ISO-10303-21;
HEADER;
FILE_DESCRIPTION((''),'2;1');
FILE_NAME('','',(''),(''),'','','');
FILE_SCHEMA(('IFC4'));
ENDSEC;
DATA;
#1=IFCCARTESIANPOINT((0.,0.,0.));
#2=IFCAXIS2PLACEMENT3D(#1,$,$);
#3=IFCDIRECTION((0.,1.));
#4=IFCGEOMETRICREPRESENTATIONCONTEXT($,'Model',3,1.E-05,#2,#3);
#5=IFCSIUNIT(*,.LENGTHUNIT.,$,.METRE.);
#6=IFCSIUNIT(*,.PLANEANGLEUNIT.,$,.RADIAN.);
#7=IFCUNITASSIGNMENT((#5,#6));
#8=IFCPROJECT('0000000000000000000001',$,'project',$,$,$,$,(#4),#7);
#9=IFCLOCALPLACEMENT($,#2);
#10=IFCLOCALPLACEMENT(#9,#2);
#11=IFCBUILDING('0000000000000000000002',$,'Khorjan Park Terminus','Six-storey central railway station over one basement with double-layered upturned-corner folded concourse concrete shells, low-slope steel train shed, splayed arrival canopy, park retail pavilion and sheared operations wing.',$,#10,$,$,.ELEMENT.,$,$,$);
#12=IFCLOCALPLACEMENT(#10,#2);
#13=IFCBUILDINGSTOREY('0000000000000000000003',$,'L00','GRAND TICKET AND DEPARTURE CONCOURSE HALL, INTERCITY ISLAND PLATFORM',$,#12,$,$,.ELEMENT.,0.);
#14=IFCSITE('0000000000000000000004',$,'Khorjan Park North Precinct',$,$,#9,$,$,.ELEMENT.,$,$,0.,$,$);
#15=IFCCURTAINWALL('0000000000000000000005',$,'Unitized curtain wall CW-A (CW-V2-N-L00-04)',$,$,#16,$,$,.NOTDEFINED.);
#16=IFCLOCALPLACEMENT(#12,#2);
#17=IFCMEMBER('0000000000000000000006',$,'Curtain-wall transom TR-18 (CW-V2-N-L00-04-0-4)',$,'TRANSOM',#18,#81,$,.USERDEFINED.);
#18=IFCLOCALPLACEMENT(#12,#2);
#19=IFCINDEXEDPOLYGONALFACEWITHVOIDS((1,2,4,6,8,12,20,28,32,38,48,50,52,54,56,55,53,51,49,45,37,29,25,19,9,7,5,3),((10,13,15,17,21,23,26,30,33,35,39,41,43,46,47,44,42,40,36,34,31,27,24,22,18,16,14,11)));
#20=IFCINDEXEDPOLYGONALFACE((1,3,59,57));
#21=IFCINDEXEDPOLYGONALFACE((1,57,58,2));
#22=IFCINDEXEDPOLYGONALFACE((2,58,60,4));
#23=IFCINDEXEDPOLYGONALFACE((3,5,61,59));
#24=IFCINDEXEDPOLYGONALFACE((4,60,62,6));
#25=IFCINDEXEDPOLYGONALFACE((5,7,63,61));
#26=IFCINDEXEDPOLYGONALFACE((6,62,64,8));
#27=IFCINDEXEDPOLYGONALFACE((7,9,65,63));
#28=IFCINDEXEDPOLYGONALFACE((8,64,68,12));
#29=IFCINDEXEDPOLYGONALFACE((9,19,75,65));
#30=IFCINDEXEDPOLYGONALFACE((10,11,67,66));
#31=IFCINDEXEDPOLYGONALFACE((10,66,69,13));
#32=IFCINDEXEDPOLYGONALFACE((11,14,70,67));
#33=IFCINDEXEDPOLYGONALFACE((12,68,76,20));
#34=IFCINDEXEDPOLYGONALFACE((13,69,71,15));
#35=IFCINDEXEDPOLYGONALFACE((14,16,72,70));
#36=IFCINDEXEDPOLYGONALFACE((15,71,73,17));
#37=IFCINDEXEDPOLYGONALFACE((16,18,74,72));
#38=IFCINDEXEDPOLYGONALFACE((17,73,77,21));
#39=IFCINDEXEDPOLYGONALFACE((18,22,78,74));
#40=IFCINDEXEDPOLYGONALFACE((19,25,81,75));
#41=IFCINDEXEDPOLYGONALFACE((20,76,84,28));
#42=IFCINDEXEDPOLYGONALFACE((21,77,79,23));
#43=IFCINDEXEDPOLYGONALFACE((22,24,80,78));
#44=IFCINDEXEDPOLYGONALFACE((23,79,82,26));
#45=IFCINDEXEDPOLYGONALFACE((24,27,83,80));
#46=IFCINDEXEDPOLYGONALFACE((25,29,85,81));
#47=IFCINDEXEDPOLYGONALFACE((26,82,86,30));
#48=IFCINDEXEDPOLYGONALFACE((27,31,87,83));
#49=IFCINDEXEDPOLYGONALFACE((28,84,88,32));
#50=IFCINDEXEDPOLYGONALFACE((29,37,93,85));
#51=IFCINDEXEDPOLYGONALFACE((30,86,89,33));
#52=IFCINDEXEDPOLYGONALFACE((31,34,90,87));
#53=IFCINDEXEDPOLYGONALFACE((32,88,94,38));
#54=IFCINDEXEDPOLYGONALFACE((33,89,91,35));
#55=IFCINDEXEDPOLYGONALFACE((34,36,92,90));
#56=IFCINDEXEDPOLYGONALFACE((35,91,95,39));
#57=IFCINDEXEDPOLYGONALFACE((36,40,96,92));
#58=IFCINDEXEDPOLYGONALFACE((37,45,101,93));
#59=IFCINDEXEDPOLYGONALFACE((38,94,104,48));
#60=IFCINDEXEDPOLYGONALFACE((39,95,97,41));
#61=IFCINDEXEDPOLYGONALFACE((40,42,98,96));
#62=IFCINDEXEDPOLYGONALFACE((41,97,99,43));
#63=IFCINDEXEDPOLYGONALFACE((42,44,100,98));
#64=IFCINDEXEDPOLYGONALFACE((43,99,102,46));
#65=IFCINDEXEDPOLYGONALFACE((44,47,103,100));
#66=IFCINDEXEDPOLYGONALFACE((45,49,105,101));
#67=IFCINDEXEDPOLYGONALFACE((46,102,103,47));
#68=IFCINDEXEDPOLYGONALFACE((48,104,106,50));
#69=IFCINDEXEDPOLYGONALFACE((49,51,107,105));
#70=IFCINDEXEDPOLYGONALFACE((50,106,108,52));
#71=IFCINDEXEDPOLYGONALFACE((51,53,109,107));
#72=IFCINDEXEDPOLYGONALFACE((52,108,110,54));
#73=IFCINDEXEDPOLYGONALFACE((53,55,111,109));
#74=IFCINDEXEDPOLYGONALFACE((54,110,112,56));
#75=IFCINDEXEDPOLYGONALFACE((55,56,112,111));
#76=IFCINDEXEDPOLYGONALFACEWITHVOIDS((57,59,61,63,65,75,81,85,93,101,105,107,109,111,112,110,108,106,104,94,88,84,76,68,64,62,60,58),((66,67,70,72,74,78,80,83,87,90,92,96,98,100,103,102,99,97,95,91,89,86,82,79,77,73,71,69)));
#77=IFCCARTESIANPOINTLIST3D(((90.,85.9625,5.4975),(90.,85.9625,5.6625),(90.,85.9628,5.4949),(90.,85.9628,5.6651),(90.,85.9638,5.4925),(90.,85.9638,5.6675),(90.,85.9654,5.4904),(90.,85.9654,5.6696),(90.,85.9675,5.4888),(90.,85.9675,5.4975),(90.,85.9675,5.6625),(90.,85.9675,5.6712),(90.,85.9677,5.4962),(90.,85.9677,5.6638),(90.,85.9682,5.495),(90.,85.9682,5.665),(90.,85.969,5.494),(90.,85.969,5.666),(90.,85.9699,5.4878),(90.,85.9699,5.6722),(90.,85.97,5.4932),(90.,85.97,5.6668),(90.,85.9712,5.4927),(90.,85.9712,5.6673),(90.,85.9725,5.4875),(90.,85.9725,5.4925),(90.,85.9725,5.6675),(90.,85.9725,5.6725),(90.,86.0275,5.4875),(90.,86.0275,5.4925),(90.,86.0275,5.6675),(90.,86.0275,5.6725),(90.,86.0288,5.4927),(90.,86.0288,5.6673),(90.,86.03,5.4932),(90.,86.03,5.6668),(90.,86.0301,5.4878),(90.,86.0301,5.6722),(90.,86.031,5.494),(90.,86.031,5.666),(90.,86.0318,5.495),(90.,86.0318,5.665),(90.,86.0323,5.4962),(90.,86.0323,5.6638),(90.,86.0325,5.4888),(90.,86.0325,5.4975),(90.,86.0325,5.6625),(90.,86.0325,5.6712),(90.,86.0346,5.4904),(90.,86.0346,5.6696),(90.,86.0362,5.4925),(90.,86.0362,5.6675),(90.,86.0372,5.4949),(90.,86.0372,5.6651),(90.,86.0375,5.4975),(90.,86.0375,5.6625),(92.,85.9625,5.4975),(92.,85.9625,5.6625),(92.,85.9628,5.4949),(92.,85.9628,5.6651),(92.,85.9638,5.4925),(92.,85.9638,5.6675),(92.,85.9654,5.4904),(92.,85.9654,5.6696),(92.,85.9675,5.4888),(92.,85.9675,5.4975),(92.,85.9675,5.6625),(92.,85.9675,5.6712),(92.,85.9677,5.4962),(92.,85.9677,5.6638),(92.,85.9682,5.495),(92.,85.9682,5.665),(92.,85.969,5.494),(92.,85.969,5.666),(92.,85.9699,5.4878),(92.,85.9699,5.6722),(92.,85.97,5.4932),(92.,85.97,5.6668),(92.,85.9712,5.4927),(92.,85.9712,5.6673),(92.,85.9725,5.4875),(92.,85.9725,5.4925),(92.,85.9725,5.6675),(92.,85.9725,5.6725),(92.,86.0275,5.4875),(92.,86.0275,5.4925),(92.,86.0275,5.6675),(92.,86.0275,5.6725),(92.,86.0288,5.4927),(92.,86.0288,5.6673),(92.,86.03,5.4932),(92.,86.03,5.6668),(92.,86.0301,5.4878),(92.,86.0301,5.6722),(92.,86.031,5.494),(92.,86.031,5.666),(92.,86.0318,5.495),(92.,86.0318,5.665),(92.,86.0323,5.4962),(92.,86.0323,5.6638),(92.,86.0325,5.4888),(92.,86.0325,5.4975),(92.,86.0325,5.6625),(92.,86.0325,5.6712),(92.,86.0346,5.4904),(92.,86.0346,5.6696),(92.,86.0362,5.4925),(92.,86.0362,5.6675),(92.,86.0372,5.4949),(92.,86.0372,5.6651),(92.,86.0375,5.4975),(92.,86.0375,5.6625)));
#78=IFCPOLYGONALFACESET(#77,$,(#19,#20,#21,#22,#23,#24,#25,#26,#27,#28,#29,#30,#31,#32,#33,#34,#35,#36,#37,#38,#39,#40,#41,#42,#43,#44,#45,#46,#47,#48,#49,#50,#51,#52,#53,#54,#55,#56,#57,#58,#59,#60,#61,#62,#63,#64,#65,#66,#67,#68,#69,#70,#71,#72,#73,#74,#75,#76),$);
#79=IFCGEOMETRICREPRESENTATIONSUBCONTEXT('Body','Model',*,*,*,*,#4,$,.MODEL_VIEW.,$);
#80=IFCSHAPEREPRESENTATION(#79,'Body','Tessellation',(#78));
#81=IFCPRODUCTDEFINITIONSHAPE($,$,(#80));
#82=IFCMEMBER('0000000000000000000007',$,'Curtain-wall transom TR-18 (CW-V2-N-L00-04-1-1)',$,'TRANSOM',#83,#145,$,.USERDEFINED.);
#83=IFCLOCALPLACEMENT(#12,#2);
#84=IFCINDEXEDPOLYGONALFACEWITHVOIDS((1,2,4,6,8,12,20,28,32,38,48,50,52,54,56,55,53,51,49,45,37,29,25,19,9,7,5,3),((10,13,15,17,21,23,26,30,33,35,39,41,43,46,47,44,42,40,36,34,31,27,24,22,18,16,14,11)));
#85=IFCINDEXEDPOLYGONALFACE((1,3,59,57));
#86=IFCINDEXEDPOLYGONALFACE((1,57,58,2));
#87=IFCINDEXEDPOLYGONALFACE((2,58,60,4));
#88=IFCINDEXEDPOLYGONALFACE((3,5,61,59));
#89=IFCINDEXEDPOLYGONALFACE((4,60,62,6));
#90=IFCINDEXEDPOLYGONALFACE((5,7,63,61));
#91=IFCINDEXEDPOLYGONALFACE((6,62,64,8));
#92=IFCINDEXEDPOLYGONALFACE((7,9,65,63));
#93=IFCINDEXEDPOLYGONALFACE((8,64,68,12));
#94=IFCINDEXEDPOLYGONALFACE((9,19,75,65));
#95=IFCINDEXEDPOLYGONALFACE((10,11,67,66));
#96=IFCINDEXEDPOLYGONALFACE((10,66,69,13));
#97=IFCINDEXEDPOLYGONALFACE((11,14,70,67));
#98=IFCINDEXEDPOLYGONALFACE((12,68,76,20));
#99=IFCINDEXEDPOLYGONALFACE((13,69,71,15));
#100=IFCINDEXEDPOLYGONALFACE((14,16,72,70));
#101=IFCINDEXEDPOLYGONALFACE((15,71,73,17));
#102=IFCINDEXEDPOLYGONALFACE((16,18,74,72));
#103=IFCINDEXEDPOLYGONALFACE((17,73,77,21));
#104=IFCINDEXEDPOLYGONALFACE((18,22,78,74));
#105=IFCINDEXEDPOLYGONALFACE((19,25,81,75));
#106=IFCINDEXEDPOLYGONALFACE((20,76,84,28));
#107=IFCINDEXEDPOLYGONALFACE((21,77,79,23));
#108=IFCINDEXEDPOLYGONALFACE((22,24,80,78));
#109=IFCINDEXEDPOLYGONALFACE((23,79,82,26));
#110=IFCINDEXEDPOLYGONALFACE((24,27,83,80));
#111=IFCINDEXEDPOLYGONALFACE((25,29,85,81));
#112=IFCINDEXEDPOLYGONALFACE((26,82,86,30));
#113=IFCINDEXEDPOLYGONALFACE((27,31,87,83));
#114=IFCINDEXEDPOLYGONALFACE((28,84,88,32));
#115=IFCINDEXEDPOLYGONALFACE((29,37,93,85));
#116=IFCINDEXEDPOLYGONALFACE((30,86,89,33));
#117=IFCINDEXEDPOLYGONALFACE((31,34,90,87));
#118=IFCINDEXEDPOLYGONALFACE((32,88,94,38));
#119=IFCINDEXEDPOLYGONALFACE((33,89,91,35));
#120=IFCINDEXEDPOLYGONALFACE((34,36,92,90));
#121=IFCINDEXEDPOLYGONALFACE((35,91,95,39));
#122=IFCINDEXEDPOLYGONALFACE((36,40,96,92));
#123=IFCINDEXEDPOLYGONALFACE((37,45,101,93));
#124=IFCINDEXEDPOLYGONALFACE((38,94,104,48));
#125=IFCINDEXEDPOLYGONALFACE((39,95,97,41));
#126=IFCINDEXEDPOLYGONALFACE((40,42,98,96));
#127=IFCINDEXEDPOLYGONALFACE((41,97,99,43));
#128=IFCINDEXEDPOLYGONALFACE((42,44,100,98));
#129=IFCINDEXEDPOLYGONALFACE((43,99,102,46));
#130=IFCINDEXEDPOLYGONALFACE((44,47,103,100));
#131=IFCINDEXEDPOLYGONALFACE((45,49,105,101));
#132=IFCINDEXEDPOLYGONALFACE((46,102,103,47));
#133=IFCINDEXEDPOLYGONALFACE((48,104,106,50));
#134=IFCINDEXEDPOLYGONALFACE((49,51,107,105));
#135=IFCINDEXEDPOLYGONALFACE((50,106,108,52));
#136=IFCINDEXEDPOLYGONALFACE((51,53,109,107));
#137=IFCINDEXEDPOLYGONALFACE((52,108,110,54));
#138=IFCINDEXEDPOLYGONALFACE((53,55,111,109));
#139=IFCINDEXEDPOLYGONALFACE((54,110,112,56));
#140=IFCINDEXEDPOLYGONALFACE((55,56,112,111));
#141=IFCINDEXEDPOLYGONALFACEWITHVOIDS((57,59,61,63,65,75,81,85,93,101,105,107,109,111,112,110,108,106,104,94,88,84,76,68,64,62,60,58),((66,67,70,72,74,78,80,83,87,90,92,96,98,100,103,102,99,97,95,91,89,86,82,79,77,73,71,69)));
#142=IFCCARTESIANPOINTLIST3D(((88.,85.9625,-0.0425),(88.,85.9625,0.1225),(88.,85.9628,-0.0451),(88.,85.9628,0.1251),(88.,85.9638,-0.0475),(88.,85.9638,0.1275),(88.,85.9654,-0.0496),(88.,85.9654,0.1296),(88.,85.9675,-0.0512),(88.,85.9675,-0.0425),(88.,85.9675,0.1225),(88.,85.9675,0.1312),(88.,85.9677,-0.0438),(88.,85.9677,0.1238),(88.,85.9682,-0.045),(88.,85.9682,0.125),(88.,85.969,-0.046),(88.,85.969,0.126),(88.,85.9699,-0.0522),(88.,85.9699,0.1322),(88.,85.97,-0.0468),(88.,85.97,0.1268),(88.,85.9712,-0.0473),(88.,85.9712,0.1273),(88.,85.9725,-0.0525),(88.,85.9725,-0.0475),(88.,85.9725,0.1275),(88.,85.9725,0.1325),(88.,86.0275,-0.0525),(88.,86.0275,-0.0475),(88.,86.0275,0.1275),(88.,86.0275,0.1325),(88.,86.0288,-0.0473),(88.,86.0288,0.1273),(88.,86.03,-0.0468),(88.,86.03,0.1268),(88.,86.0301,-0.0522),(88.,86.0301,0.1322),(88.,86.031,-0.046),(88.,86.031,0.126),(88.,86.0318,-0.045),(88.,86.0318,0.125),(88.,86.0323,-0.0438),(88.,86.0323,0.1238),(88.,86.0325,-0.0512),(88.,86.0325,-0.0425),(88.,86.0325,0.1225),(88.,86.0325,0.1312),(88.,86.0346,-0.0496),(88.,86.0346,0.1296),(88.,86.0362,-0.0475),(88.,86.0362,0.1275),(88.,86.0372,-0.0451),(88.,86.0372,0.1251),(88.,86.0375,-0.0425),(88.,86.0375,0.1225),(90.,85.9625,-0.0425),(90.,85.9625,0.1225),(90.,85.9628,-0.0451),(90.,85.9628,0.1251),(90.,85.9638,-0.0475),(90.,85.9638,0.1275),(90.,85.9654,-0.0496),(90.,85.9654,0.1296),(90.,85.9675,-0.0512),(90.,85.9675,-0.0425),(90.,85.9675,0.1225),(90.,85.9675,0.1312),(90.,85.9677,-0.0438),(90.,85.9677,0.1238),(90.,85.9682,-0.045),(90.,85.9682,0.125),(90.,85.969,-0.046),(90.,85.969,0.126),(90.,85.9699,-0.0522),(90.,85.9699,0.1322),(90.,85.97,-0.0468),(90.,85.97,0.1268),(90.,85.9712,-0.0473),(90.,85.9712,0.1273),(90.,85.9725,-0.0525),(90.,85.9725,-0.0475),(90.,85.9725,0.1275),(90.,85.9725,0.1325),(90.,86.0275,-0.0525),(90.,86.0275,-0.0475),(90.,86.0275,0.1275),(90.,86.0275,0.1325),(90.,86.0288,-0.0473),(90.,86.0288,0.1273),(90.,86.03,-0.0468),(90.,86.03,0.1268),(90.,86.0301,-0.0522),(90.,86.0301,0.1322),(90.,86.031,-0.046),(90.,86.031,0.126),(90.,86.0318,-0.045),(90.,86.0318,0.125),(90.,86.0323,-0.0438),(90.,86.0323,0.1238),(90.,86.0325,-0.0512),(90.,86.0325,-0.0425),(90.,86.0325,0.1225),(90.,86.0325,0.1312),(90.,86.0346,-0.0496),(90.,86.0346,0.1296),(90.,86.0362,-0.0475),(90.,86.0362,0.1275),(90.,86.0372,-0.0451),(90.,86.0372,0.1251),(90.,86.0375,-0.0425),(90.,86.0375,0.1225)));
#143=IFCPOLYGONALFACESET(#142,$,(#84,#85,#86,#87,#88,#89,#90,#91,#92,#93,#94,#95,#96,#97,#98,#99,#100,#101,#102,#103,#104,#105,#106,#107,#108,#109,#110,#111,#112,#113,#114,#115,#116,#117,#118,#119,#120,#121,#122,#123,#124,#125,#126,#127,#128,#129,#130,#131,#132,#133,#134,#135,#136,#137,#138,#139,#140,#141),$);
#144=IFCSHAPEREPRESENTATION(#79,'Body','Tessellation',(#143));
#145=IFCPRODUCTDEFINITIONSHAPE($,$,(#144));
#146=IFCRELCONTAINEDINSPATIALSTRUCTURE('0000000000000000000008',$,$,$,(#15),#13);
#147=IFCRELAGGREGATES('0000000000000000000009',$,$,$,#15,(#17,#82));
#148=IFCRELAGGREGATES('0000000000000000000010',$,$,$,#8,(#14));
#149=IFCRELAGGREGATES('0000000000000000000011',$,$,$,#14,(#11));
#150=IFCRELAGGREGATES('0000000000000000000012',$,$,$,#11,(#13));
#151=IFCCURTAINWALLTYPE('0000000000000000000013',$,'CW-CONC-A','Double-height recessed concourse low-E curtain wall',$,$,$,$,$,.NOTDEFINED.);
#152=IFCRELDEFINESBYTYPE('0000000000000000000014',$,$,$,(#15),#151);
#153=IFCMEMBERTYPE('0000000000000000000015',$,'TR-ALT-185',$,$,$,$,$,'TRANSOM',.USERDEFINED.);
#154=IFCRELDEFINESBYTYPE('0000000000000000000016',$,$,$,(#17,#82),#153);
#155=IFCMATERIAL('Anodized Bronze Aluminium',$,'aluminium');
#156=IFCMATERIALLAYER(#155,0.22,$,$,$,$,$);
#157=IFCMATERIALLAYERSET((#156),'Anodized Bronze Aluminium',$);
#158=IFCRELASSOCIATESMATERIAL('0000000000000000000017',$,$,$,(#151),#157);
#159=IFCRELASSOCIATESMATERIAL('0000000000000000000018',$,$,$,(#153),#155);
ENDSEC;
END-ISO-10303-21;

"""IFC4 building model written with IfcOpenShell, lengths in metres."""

from ifc_helpers import new_model, si_unit, direction, frame, origin, origin_2d, place, context, subcontext, project, spatial, hollow_rectangle, extrude, material, layer, layer_set, material_profile, profile_set, type_object, element, aggregate, save


model = new_model("IFC4")

# Units and contexts
model_context = context("Model", 3, precision=1e-05, world=origin(), true_north=direction((0.0, 1.0)))
body_context = subcontext(model_context, "Body", "Model", "MODEL_VIEW")
ifc_project = project(units=[si_unit("LENGTHUNIT", "METRE"), si_unit("PLANEANGLEUNIT", "RADIAN")], contexts=[model_context])

# Site, building, storey
site_placement = place(None, origin())
site = spatial("IfcSite", under=ifc_project, at=site_placement, Name="Khorjan Park North Precinct", CompositionType="ELEMENT", RefElevation=0.0)
building_placement = place(site_placement, origin())
building = spatial("IfcBuilding", under=site, at=building_placement, Name="Khorjan Park Terminus", Description="Six-storey central railway station over one basement with double-layered upturned-corner folded concourse concrete shells, low-slope steel train shed, splayed arrival canopy, park retail pavilion and sheared operations wing.", CompositionType="ELEMENT")
storey_placement = place(building_placement, origin())
storey = spatial("IfcBuildingStorey", under=building, at=storey_placement, Name="L00", Description="GRAND TICKET AND DEPARTURE CONCOURSE HALL, INTERCITY ISLAND PLATFORM", CompositionType="ELEMENT", Elevation=0.0)

# Curtain wall
ifc_material_1 = material(Name="Anodized Bronze Aluminium", Category="aluminium")
ifc_layer_1 = layer(ifc_material_1, 0.22)
ifc_layer_set_1 = layer_set([ifc_layer_1], Name="Anodized Bronze Aluminium")
curtain_wall_type = type_object("IfcCurtainWallType", Name="CW-CONC-A", Description="Double-height recessed concourse low-E curtain wall", PredefinedType="NOTDEFINED", material=ifc_layer_set_1)
curtain_wall_1_placement = place(storey_placement, origin())
curtain_wall_1 = element("IfcCurtainWall", 1, at=curtain_wall_1_placement, inside=storey, type_object=curtain_wall_type, Name="Unitized curtain wall CW-A (CW-V2-N-L00-04)", PredefinedType="NOTDEFINED")

# Members
ifc_material_profile_1 = material_profile(ifc_material_1, hollow_rectangle(XDim=0.075, YDim=0.185, WallThickness=0.005, InnerFilletRadius=0.005, OuterFilletRadius=0.01, at=origin_2d()), Name="ALT 75x185x5")
ifc_profile_set_1 = profile_set([ifc_material_profile_1], Name="Anodized Bronze Aluminium")
member_type_1 = type_object("IfcMemberType", Name="TR-ALT-185", ElementType="TRANSOM", PredefinedType="USERDEFINED", material=ifc_profile_set_1)
member_1_placement = place(storey_placement, frame((92.0, 86.0, 5.58), z_axis=(-1.0, 0.0, 0.0), x_axis=(0.0, -1.0, 0.0)))
member_1 = element("IfcMember", 2, at=member_1_placement, type_object=member_type_1, Name="Curtain-wall transom TR-18 (CW-V2-N-L00-04-0-4)", ObjectType="TRANSOM", PredefinedType="USERDEFINED", context=body_context, shape_type="SweptSolid", body=[
    extrude(hollow_rectangle(XDim=0.075, YDim=0.185, WallThickness=0.005, InnerFilletRadius=0.005, OuterFilletRadius=0.01, at=origin_2d()), origin(), (0.0, 0.0, 1.0), 2.0),
])
member_2_placement = place(storey_placement, frame((90.0, 86.0, 0.04), z_axis=(-1.0, 0.0, 0.0), x_axis=(0.0, -1.0, 0.0)))
member_2 = element("IfcMember", 3, at=member_2_placement, type_object=member_type_1, Name="Curtain-wall transom TR-18 (CW-V2-N-L00-04-1-1)", ObjectType="TRANSOM", PredefinedType="USERDEFINED", context=body_context, shape_type="SweptSolid", body=[
    extrude(hollow_rectangle(XDim=0.075, YDim=0.185, WallThickness=0.005, InnerFilletRadius=0.005, OuterFilletRadius=0.01, at=origin_2d()), origin(), (0.0, 0.0, 1.0), 2.0),
])

aggregate(curtain_wall_1, [member_1, member_2])

save(model, "model.ifc")
